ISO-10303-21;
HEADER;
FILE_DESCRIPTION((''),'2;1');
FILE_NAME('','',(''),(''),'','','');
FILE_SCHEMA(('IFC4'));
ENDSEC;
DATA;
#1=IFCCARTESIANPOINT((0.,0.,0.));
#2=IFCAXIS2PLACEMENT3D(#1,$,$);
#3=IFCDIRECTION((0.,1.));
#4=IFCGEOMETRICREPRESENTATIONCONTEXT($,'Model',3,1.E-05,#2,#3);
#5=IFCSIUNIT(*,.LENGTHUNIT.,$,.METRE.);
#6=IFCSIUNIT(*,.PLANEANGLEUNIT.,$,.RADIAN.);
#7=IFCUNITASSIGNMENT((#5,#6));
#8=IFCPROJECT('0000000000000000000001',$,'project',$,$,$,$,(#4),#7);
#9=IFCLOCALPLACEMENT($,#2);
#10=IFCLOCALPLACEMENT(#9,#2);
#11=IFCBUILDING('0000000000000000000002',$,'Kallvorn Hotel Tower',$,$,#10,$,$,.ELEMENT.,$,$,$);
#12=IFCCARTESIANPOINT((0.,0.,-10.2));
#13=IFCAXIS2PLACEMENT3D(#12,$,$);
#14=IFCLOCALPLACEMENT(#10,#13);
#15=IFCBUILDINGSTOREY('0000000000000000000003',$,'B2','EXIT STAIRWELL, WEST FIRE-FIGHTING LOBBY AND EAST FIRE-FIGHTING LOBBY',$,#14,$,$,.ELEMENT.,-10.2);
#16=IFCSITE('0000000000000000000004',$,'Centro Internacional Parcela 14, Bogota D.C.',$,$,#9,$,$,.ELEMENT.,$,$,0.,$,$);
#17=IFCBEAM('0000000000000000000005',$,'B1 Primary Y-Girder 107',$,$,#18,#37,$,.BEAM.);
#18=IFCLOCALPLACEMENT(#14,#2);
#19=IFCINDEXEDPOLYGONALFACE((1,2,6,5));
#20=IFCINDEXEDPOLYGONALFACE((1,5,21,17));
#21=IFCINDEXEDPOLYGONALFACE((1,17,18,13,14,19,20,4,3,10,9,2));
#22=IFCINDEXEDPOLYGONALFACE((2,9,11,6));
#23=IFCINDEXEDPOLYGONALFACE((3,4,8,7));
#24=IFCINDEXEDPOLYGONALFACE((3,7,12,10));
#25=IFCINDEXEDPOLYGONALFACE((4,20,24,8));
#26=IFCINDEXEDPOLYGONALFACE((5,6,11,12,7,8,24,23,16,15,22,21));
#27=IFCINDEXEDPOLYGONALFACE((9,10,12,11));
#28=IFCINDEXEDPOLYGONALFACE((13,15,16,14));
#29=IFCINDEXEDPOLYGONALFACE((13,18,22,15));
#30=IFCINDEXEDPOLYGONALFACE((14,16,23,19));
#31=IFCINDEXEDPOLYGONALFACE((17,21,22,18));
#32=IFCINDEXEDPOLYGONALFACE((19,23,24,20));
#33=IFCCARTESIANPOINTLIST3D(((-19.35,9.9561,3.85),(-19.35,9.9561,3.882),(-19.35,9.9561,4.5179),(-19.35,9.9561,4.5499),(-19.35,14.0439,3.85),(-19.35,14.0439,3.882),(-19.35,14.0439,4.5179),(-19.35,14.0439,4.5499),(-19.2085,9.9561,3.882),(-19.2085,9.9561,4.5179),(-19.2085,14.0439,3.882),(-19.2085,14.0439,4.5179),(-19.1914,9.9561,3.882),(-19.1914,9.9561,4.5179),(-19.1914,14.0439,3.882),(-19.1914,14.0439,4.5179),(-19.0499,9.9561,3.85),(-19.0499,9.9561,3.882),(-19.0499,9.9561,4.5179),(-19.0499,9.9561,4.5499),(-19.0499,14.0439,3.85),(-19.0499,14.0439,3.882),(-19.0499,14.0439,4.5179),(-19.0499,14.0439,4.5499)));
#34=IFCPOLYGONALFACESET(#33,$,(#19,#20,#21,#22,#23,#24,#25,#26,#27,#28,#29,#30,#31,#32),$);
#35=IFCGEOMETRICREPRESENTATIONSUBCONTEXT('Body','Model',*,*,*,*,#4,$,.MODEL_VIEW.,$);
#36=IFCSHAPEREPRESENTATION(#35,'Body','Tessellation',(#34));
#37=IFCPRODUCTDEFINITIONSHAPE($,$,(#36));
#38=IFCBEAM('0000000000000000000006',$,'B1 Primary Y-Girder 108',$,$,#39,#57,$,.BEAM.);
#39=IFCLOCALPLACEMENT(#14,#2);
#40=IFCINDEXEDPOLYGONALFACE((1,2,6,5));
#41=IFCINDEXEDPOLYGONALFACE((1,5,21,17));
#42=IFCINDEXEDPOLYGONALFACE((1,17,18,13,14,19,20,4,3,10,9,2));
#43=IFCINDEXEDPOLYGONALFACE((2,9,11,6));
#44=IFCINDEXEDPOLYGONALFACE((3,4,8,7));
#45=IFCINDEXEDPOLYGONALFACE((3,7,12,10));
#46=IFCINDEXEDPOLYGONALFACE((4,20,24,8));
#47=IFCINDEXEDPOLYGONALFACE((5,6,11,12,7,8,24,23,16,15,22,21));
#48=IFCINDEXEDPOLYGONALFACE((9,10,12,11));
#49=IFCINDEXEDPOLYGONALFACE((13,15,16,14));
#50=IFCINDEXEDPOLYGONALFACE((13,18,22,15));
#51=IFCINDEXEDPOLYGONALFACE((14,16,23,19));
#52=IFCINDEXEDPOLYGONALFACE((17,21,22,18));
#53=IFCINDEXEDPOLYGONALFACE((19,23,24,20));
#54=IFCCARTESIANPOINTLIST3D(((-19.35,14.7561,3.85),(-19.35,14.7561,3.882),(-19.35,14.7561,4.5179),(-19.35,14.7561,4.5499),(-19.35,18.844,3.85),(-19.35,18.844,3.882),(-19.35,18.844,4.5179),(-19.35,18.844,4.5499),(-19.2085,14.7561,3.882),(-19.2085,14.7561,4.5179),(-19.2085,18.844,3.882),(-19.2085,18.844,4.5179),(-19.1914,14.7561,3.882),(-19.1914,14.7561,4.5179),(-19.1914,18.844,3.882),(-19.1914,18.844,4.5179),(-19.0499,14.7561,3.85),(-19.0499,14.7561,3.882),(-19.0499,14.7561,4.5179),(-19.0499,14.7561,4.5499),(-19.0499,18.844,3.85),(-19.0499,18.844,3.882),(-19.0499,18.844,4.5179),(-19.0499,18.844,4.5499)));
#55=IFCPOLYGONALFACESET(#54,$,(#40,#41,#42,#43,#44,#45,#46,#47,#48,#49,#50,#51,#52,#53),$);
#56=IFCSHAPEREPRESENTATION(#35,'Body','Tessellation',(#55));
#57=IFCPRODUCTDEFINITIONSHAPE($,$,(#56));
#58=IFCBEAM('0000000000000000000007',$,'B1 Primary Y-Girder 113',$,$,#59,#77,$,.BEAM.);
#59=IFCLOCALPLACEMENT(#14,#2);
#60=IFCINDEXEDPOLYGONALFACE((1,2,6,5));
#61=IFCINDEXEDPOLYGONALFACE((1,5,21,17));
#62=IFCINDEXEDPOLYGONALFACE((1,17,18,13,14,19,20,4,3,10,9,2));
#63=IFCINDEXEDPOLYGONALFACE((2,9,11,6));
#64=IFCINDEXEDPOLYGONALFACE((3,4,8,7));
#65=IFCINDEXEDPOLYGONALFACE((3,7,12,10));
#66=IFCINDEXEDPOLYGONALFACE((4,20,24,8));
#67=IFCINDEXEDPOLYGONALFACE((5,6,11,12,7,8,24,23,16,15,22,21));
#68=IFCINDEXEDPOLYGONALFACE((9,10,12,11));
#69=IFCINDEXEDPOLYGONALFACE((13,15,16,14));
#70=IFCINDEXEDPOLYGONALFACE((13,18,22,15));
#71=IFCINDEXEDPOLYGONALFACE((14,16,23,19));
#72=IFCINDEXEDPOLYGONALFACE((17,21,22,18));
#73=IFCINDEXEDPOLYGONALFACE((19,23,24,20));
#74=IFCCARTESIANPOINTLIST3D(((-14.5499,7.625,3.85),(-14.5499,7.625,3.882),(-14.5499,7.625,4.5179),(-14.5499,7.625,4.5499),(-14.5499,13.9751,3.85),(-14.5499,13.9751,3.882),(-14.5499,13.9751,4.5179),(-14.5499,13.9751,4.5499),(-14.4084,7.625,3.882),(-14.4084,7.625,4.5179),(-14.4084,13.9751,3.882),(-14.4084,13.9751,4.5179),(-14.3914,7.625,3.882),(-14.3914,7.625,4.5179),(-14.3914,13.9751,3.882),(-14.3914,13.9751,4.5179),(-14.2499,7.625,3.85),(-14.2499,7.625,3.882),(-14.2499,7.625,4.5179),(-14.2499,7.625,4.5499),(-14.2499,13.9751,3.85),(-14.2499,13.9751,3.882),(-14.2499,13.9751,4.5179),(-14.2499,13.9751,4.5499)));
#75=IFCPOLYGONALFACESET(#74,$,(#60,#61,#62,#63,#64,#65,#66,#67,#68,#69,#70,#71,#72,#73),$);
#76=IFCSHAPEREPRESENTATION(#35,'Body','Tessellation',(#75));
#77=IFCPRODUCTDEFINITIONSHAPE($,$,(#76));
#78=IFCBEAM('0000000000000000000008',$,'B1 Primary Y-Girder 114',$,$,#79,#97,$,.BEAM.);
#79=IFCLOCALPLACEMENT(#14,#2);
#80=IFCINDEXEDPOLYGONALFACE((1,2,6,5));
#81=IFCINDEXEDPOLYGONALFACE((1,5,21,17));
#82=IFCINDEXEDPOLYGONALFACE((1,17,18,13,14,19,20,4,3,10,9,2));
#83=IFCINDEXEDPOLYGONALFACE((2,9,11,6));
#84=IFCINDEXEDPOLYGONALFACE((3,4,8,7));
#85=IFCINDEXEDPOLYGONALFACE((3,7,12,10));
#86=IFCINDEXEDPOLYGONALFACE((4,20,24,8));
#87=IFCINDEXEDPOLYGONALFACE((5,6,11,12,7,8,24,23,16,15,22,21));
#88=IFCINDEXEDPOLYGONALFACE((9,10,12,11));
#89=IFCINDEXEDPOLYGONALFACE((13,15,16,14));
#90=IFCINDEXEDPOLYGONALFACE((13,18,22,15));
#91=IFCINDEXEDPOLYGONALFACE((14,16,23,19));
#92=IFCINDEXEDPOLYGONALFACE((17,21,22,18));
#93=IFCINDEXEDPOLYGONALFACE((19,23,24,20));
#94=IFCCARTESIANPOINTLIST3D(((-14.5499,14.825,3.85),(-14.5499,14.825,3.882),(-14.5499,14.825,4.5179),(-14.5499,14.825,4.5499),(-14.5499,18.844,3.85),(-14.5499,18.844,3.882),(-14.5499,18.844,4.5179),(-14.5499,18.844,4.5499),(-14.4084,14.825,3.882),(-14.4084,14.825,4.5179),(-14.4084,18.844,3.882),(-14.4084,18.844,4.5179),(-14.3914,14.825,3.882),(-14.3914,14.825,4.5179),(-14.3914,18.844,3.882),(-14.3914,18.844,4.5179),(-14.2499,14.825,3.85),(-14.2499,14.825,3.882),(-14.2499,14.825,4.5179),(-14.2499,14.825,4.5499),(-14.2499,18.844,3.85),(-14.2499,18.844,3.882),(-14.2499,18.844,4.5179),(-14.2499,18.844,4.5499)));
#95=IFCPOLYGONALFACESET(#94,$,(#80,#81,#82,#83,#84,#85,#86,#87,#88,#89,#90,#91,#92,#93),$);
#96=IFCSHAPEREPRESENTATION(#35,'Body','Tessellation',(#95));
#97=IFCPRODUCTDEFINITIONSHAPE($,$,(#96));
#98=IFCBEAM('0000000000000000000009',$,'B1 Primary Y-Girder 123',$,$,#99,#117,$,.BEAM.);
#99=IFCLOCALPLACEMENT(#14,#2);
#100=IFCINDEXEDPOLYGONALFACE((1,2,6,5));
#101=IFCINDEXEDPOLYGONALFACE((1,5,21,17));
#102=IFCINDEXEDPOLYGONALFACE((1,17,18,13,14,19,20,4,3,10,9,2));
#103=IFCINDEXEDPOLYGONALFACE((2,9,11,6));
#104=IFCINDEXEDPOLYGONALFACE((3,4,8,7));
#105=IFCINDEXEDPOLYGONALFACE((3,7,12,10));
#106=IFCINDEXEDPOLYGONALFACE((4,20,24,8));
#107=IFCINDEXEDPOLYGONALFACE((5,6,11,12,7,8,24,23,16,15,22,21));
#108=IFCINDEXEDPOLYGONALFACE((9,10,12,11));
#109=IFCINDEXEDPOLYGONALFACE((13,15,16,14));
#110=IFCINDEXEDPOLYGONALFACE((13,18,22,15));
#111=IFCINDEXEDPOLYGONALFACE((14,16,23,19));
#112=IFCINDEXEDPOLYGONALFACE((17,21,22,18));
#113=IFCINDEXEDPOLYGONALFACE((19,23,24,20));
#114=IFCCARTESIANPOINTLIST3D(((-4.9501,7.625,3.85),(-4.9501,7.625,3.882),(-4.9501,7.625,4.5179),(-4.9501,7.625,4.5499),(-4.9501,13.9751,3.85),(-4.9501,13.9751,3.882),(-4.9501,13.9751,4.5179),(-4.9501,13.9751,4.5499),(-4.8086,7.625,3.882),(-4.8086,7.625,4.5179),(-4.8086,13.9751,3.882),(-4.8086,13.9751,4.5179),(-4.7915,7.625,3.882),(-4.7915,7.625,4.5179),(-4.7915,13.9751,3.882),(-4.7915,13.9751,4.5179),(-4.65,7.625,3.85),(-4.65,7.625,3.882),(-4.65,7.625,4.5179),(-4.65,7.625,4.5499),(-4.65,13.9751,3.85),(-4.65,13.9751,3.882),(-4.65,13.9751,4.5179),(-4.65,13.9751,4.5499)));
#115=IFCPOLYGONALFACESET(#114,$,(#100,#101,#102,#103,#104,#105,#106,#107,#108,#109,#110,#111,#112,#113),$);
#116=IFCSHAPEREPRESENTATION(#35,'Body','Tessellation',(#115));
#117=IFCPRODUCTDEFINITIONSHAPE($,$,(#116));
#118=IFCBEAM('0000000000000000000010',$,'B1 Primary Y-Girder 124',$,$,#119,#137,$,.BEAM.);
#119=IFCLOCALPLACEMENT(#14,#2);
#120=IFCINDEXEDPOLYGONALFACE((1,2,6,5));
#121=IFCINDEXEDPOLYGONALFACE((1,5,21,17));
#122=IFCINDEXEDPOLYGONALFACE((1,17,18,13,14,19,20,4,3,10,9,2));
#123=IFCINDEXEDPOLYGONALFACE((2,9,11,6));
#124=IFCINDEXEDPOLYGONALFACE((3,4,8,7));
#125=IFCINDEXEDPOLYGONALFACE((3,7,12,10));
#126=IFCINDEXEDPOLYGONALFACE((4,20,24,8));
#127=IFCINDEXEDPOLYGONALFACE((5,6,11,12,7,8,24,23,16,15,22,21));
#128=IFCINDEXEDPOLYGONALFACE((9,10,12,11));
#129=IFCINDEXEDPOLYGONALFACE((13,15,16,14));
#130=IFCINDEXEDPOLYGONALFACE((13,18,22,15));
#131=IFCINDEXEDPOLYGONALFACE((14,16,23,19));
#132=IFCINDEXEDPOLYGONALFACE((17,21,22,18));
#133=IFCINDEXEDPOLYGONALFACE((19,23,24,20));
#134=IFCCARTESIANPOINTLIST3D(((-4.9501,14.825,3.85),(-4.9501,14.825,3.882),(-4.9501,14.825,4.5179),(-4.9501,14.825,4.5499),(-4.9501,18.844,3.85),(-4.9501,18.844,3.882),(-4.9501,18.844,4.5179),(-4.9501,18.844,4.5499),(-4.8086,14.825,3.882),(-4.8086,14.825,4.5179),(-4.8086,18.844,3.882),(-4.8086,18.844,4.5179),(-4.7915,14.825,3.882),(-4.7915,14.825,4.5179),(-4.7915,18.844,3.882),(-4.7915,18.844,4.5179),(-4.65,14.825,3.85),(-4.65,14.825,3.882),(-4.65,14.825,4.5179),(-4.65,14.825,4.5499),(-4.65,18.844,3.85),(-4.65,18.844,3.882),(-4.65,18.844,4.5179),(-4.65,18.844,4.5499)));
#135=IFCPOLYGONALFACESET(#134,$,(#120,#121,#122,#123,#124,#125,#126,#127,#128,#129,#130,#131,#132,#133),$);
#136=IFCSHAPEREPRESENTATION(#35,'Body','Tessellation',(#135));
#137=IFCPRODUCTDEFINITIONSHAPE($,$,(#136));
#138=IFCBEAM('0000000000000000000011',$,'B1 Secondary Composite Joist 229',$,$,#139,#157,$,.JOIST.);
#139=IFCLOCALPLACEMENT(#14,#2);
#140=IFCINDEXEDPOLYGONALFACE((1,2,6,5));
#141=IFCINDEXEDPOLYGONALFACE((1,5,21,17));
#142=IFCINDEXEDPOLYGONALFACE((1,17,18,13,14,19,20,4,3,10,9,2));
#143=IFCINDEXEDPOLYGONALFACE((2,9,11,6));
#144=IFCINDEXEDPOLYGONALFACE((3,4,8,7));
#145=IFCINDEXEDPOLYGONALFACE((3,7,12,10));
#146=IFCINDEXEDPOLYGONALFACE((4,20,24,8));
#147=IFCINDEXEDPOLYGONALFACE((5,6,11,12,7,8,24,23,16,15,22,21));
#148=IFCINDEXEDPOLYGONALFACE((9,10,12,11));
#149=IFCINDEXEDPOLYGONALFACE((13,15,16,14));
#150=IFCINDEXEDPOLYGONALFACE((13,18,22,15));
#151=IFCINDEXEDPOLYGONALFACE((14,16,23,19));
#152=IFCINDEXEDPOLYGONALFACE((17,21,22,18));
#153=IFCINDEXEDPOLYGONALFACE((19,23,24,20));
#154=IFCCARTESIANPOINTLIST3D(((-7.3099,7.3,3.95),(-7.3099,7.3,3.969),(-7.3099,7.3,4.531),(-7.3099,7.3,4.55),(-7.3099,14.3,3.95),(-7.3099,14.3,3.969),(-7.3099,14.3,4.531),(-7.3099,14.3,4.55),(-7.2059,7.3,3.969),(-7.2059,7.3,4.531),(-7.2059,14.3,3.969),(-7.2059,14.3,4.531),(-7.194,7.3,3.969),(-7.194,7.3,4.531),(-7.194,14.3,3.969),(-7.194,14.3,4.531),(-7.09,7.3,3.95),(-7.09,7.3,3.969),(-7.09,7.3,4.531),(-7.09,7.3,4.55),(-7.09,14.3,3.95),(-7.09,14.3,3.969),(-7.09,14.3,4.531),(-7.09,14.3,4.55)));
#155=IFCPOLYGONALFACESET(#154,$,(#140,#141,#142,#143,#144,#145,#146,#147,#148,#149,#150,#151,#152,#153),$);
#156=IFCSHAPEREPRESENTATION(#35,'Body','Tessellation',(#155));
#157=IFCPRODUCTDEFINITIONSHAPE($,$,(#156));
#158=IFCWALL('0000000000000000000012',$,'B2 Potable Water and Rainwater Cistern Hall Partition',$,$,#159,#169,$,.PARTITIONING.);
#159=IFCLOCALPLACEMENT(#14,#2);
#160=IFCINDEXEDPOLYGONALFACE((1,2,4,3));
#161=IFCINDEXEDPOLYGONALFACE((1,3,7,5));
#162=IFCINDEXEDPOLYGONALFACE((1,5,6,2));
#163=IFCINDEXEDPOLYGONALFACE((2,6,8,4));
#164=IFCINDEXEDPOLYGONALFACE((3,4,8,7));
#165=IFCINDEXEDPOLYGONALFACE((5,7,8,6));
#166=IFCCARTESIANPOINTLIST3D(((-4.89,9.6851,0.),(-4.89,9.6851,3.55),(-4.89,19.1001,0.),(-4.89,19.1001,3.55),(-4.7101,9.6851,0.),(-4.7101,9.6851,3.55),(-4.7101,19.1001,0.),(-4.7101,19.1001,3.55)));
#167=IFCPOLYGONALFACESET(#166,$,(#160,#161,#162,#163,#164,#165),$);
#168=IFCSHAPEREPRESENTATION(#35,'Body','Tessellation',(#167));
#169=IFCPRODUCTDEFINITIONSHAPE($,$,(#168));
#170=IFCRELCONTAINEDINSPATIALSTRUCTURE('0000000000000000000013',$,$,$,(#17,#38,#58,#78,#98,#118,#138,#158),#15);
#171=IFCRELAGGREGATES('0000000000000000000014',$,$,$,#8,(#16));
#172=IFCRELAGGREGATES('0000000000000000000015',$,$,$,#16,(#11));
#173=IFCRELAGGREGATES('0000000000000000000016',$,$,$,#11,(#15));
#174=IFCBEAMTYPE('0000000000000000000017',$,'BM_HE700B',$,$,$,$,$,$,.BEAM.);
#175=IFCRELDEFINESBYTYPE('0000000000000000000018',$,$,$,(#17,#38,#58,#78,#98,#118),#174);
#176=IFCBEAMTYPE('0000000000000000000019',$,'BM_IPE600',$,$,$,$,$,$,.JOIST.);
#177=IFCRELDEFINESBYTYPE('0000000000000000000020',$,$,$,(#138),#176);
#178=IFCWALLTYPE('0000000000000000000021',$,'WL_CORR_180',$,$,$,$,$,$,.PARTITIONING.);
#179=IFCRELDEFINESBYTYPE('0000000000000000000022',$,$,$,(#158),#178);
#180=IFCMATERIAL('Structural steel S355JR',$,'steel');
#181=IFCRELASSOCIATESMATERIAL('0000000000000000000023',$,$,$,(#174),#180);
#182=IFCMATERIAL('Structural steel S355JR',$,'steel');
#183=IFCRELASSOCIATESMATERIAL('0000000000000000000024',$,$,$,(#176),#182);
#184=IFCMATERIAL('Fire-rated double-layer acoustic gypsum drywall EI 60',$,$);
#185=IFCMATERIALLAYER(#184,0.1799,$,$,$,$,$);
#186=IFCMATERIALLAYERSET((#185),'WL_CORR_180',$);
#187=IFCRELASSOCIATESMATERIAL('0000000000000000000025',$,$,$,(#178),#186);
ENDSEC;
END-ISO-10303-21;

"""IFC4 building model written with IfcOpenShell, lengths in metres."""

from ifc_helpers import new_model, si_unit, direction, frame, frame_2d, origin, origin_2d, place, context, subcontext, project, spatial, rectangle, i_section, extrude, material, layer, layer_set, material_profile, profile_set, type_object, element, save


model = new_model("IFC4")

# Units and contexts
model_context = context("Model", 3, precision=1e-05, world=origin(), true_north=direction((0.0, 1.0)))
body_context = subcontext(model_context, "Body", "Model", "MODEL_VIEW")
ifc_project = project(units=[si_unit("LENGTHUNIT", "METRE"), si_unit("PLANEANGLEUNIT", "RADIAN")], contexts=[model_context])

# Site, building, storey
site_placement = place(None, origin())
site = spatial("IfcSite", under=ifc_project, at=site_placement, Name="Centro Internacional Parcela 14, Bogota D.C.", CompositionType="ELEMENT", RefElevation=0.0)
building_placement = place(site_placement, origin())
building = spatial("IfcBuilding", under=site, at=building_placement, Name="Kallvorn Hotel Tower", CompositionType="ELEMENT")
storey_placement = place(building_placement, frame((0.0, 0.0, -10.2)))
storey = spatial("IfcBuildingStorey", under=building, at=storey_placement, Name="B2", Description="EXIT STAIRWELL, WEST FIRE-FIGHTING LOBBY AND EAST FIRE-FIGHTING LOBBY", CompositionType="ELEMENT", Elevation=-10.2)

# Beams
ifc_material_1 = material(Name="Structural steel S355JR", Category="steel")
ifc_material_profile_1 = material_profile(ifc_material_1, i_section(OverallWidth=0.3, OverallDepth=0.7, WebThickness=0.0171, FlangeThickness=0.032, at=origin_2d()), Name="HE 700 B")
ifc_profile_set_1 = profile_set([ifc_material_profile_1], Name="Structural steel S355JR")
beam_type_1 = type_object("IfcBeamType", Name="BM_HE700B", PredefinedType="BEAM", material=ifc_profile_set_1)
for number, where, z_axis, x_axis, name in (
    (1, (-19.2, 9.9561, 4.2), (0.0, 1.0, 0.0), (-1.0, 0.0, 0.0), "B1 Primary Y-Girder 107"),
    (2, (-19.2, 14.7561, 4.2), (0.0, 1.0, 0.0), (-1.0, 0.0, 0.0), "B1 Primary Y-Girder 108"),
):
    element("IfcBeam", number, at=place(storey_placement, frame(where, z_axis=z_axis, x_axis=x_axis)), inside=storey, type_object=beam_type_1, Name=name, PredefinedType="BEAM", context=body_context, shape_type="SweptSolid", body=[
        extrude(i_section(OverallWidth=0.3, OverallDepth=0.7, WebThickness=0.0171, FlangeThickness=0.032, at=origin_2d()), origin(), (0.0, 0.0, 1.0), 4.0879),
    ])
beam_1_placement = place(storey_placement, frame((-14.3999, 7.625, 4.2), z_axis=(0.0, 1.0, 0.0), x_axis=(-1.0, 0.0, 0.0)))
element("IfcBeam", 3, at=beam_1_placement, inside=storey, type_object=beam_type_1, Name="B1 Primary Y-Girder 113", PredefinedType="BEAM", context=body_context, shape_type="SweptSolid", body=[
    extrude(i_section(OverallWidth=0.3, OverallDepth=0.7, WebThickness=0.0171, FlangeThickness=0.032, at=origin_2d()), origin(), (0.0, 0.0, 1.0), 6.3501),
])
beam_2_placement = place(storey_placement, frame((-14.3999, 14.825, 4.2), z_axis=(0.0, 1.0, 0.0), x_axis=(-1.0, 0.0, 0.0)))
element("IfcBeam", 4, at=beam_2_placement, inside=storey, type_object=beam_type_1, Name="B1 Primary Y-Girder 114", PredefinedType="BEAM", context=body_context, shape_type="SweptSolid", body=[
    extrude(i_section(OverallWidth=0.3, OverallDepth=0.7, WebThickness=0.0171, FlangeThickness=0.032, at=origin_2d()), origin(), (0.0, 0.0, 1.0), 4.019),
])
beam_3_placement = place(storey_placement, frame((-4.8, 7.625, 4.2), z_axis=(0.0, 1.0, 0.0), x_axis=(-1.0, 0.0, 0.0)))
element("IfcBeam", 5, at=beam_3_placement, inside=storey, type_object=beam_type_1, Name="B1 Primary Y-Girder 123", PredefinedType="BEAM", context=body_context, shape_type="SweptSolid", body=[
    extrude(i_section(OverallWidth=0.3, OverallDepth=0.7, WebThickness=0.0171, FlangeThickness=0.032, at=origin_2d()), origin(), (0.0, 0.0, 1.0), 6.3501),
])
beam_4_placement = place(storey_placement, frame((-4.8, 14.825, 4.2), z_axis=(0.0, 1.0, 0.0), x_axis=(-1.0, 0.0, 0.0)))
element("IfcBeam", 6, at=beam_4_placement, inside=storey, type_object=beam_type_1, Name="B1 Primary Y-Girder 124", PredefinedType="BEAM", context=body_context, shape_type="SweptSolid", body=[
    extrude(i_section(OverallWidth=0.3, OverallDepth=0.7, WebThickness=0.0171, FlangeThickness=0.032, at=origin_2d()), origin(), (0.0, 0.0, 1.0), 4.019),
])
ifc_material_2 = material(Name="Structural steel S355JR", Category="steel")
ifc_material_profile_2 = material_profile(ifc_material_2, i_section(OverallWidth=0.22, OverallDepth=0.6001, WebThickness=0.012, FlangeThickness=0.019, at=origin_2d()), Name="IPE 600")
ifc_profile_set_2 = profile_set([ifc_material_profile_2], Name="Structural steel S355JR")
beam_type_2 = type_object("IfcBeamType", Name="BM_IPE600", PredefinedType="JOIST", material=ifc_profile_set_2)
beam_5_placement = place(storey_placement, frame((-7.2, 7.3, 4.25), z_axis=(0.0, 1.0, 0.0), x_axis=(-1.0, 0.0, 0.0)))
element("IfcBeam", 7, at=beam_5_placement, inside=storey, type_object=beam_type_2, Name="B1 Secondary Composite Joist 229", PredefinedType="JOIST", context=body_context, shape_type="SweptSolid", body=[
    extrude(i_section(OverallWidth=0.22, OverallDepth=0.6001, WebThickness=0.012, FlangeThickness=0.019, at=origin_2d()), origin(), (0.0, 0.0, 1.0), 7.0),
])

# Wall
ifc_material_3 = material(Name="Fire-rated double-layer acoustic gypsum drywall EI 60")
ifc_layer = layer(ifc_material_3, 0.1799)
ifc_layer_set = layer_set([ifc_layer], Name="WL_CORR_180")
wall_type = type_object("IfcWallType", Name="WL_CORR_180", PredefinedType="PARTITIONING", material=ifc_layer_set)
wall_placement = place(storey_placement, frame((-4.8, 9.6851, 0.0), z_axis=(0.0, 0.0, 1.0), x_axis=(0.0, 1.0, 0.0)))
element("IfcWall", 8, at=wall_placement, inside=storey, type_object=wall_type, Name="B2 Potable Water and Rainwater Cistern Hall Partition", PredefinedType="PARTITIONING", context=body_context, shape_type="SweptSolid", body=[
    extrude(rectangle(XDim=9.415, YDim=0.1799, at=frame_2d((4.7075, 0.0))), origin(), (0.0, 0.0, 1.0), 3.55),
])

save(model, "model.ifc")
